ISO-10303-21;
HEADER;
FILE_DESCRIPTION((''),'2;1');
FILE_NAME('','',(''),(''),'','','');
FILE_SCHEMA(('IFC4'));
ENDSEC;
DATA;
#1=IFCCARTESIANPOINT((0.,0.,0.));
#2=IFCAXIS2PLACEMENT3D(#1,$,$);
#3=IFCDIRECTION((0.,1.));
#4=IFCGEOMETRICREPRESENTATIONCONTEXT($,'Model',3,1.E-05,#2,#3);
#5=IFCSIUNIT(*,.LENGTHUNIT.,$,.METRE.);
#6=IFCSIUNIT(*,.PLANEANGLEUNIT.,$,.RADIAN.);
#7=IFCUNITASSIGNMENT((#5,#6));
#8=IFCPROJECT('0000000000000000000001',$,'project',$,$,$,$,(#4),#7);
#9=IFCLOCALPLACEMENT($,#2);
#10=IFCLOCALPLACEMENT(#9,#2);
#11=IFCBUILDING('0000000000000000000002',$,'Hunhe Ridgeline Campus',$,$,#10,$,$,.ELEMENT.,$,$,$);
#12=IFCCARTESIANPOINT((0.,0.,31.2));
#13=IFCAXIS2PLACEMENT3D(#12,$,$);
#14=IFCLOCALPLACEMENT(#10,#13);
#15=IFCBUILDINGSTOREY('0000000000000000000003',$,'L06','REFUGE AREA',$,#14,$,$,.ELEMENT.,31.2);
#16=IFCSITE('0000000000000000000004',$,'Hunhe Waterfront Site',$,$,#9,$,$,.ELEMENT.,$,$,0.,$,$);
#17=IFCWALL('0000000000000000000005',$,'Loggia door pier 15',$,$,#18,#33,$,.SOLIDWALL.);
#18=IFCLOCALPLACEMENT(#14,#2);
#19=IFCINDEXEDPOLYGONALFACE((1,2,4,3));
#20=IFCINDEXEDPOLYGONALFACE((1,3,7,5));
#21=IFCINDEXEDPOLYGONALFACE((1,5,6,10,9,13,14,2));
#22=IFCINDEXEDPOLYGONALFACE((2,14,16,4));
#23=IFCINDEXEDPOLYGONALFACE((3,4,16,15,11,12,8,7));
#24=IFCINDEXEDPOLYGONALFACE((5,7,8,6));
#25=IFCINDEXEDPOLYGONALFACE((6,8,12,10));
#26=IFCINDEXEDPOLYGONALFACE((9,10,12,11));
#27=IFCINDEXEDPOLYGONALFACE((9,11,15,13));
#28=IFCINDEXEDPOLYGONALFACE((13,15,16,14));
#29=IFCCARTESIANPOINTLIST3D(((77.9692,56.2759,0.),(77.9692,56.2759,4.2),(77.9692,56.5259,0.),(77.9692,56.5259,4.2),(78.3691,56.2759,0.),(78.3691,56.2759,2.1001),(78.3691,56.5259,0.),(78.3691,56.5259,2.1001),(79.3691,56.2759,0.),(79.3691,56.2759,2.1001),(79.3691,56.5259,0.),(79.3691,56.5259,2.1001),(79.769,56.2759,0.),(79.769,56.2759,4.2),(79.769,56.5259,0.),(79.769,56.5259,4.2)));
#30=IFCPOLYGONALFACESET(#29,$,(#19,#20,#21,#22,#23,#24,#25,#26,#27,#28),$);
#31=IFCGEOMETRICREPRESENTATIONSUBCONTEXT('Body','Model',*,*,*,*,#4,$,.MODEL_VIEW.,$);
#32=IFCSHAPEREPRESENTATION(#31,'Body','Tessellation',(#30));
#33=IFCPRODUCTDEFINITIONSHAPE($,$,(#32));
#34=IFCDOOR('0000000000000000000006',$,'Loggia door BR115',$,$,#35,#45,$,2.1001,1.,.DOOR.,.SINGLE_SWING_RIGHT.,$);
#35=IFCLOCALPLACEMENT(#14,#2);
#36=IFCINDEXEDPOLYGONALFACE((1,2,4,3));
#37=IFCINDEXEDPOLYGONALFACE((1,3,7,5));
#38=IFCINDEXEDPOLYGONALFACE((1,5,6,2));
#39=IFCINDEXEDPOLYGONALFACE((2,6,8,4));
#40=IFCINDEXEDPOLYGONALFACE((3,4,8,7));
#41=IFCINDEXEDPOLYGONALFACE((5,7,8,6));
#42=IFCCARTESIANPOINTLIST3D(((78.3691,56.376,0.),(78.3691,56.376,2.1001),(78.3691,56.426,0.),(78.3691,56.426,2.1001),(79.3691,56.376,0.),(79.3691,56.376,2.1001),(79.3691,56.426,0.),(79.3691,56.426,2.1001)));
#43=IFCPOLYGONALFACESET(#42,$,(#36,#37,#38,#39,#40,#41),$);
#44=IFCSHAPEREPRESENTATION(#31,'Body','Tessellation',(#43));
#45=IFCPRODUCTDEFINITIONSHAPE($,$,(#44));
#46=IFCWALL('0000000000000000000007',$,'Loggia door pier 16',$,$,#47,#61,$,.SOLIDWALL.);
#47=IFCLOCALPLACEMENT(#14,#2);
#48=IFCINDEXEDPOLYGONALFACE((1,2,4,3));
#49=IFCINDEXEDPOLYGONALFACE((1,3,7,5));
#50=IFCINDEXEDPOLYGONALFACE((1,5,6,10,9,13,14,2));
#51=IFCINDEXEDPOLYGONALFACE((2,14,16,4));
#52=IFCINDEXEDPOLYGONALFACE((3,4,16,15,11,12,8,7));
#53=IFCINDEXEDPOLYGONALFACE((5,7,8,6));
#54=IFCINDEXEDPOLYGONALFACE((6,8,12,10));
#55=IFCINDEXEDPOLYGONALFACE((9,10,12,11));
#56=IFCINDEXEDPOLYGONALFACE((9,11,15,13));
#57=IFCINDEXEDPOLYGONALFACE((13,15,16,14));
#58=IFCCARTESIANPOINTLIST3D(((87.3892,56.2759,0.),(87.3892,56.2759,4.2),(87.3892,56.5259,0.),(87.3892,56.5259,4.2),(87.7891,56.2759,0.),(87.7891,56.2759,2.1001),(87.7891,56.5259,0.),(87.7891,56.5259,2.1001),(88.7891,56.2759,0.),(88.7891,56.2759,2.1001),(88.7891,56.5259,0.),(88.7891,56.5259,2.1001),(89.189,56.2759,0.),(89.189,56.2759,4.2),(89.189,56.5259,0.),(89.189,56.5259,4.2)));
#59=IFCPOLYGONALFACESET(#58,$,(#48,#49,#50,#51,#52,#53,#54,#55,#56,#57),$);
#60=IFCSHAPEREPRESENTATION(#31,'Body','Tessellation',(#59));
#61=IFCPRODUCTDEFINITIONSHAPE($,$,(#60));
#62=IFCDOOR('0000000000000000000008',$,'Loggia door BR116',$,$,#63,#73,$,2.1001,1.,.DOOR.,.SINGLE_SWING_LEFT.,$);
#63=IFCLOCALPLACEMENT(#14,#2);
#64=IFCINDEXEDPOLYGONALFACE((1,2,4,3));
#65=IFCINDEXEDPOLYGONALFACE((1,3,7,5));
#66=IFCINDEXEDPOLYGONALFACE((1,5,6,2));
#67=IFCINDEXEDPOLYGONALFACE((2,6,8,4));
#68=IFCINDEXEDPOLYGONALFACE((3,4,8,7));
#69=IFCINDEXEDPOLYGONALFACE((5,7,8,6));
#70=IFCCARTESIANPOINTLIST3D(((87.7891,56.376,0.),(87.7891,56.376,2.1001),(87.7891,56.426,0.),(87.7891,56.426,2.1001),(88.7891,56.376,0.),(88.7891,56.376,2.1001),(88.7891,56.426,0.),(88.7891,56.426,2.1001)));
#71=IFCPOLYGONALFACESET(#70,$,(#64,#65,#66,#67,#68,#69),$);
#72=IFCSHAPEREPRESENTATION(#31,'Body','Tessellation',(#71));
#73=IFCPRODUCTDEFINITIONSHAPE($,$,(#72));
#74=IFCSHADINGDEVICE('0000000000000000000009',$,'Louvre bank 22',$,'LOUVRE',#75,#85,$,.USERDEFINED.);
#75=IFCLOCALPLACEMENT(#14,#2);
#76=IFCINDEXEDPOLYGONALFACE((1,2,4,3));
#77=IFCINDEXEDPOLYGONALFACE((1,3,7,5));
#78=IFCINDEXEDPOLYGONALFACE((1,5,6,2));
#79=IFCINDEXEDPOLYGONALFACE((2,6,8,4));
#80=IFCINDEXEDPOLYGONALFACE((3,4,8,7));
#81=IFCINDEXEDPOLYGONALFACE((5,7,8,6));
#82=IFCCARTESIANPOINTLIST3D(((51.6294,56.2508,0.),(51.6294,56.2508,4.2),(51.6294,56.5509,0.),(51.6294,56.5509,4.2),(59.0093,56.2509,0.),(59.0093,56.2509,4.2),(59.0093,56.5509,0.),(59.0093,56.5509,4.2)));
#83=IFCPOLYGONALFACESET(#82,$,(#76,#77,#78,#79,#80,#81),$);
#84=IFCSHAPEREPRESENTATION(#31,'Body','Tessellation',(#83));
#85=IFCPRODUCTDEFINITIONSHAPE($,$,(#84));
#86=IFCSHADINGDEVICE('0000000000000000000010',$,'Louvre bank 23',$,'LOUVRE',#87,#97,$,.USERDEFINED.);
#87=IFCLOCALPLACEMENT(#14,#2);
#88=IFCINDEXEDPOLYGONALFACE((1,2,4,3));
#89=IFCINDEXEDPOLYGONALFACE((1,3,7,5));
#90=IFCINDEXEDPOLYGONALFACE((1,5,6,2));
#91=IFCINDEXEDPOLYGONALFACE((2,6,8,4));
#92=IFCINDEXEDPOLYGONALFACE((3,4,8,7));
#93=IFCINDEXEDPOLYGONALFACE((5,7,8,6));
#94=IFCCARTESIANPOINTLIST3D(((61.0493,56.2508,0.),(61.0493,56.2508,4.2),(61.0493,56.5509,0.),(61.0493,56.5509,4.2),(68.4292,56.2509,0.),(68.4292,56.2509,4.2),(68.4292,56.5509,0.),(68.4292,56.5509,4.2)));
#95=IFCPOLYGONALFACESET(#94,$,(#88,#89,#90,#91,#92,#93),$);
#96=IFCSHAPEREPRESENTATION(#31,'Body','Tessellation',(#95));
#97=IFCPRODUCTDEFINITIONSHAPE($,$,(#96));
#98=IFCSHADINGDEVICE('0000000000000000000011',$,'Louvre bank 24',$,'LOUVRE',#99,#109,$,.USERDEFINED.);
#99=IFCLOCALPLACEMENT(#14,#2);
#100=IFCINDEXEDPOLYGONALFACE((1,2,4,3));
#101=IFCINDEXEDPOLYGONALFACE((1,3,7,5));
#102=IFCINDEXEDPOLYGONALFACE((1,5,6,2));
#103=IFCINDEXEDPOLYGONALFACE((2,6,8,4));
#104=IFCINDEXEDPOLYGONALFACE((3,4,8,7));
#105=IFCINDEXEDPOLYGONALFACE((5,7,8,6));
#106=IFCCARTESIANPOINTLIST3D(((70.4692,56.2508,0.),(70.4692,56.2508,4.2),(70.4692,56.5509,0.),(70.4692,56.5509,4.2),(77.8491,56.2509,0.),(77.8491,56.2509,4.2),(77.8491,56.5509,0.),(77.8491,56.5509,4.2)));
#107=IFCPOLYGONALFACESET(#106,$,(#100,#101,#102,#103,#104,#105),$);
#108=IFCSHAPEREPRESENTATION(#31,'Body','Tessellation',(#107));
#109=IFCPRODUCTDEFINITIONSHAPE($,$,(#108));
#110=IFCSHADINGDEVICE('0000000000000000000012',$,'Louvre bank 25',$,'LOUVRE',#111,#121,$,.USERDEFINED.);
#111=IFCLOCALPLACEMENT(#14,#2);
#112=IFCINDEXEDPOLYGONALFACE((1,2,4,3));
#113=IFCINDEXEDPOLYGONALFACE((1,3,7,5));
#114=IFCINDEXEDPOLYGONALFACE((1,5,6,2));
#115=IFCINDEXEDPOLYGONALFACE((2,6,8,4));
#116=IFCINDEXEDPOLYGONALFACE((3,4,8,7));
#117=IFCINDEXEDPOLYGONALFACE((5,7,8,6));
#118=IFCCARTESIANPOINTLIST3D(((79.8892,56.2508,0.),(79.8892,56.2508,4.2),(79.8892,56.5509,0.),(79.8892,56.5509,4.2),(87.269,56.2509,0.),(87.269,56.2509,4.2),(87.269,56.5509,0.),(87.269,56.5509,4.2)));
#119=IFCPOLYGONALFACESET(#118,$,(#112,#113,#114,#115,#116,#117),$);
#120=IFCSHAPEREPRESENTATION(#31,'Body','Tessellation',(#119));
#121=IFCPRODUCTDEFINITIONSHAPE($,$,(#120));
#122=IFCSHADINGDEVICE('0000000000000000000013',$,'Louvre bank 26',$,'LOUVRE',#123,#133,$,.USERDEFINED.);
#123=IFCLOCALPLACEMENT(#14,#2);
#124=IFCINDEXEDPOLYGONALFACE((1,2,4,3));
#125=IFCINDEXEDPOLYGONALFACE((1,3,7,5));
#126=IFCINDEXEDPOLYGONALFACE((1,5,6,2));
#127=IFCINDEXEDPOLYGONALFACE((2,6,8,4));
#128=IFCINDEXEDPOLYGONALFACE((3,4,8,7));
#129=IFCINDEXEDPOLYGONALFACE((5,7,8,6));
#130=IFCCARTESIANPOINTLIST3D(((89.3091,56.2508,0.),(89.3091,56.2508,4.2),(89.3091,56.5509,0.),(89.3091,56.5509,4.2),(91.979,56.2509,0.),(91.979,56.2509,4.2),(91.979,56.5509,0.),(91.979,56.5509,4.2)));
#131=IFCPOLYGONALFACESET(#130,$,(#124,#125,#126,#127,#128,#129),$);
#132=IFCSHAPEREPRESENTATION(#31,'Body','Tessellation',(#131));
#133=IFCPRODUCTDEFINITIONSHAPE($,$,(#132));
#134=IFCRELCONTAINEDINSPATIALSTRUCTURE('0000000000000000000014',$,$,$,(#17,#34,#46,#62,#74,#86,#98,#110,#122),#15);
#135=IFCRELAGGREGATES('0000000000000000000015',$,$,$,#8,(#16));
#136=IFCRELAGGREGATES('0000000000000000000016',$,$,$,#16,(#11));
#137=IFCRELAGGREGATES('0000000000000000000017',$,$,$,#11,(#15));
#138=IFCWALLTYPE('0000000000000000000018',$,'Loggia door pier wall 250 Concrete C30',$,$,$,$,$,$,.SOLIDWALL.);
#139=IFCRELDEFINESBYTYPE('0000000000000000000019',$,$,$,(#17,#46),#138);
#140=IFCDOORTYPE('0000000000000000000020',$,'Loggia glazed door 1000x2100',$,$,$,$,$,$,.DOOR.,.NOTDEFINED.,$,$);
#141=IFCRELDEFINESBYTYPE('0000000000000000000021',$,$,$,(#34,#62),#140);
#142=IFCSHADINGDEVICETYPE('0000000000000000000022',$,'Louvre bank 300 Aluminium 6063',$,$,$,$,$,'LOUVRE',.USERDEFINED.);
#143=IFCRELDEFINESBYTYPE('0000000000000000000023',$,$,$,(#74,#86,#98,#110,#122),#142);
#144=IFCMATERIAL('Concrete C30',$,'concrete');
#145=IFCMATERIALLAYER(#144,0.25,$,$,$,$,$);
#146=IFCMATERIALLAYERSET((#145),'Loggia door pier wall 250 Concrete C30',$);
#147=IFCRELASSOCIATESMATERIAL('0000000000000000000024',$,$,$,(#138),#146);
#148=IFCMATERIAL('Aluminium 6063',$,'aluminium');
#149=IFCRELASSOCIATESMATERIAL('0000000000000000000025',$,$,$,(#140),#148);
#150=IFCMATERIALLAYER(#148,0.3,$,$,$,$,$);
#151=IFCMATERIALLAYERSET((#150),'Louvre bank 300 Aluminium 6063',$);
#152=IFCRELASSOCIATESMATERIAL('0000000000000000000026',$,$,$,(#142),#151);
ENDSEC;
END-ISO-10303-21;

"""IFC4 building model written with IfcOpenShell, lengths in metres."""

from ifc_helpers import new_model, si_unit, direction, frame, frame_2d, origin, origin_2d, place, context, subcontext, project, spatial, rectangle, extrude, material, layer, layer_set, type_object, element, fill, save


model = new_model("IFC4")

# Units and contexts
model_context = context("Model", 3, precision=1e-05, world=origin(), true_north=direction((0.0, 1.0)))
body_context = subcontext(model_context, "Body", "Model", "MODEL_VIEW")
ifc_project = project(units=[si_unit("LENGTHUNIT", "METRE"), si_unit("PLANEANGLEUNIT", "RADIAN")], contexts=[model_context])

# Site, building, storey
site_placement = place(None, origin())
site = spatial("IfcSite", under=ifc_project, at=site_placement, Name="Hunhe Waterfront Site", CompositionType="ELEMENT", RefElevation=0.0)
building_placement = place(site_placement, origin())
building = spatial("IfcBuilding", under=site, at=building_placement, Name="Hunhe Ridgeline Campus", CompositionType="ELEMENT")
storey_placement = place(building_placement, frame((0.0, 0.0, 31.2)))
storey = spatial("IfcBuildingStorey", under=building, at=storey_placement, Name="L06", Description="REFUGE AREA", CompositionType="ELEMENT", Elevation=31.2)

# Shared definitions
ifc_material_1 = material(Name="Aluminium 6063", Category="aluminium")

# Shared definitions
ifc_material_2 = material(Name="Concrete C30", Category="concrete")

# Walls, openings, doors
ifc_layer_1 = layer(ifc_material_2, 0.25)
ifc_layer_set_1 = layer_set([ifc_layer_1], Name="Loggia door pier wall 250 Concrete C30")
wall_type_1 = type_object("IfcWallType", Name="Loggia door pier wall 250 Concrete C30", PredefinedType="SOLIDWALL", material=ifc_layer_set_1)
door_type = type_object("IfcDoorType", Name="Loggia glazed door 1000x2100", OperationType="NOTDEFINED", PredefinedType="DOOR", material=ifc_material_1)
wall_1_placement = place(storey_placement, frame((77.9692, 56.4009, 0.0), z_axis=(0.0, 0.0, 1.0), x_axis=(1.0, 0.0, 0.0)))
wall_1 = element("IfcWall", 1, at=wall_1_placement, inside=storey, type_object=wall_type_1, Name="Loggia door pier 15", PredefinedType="SOLIDWALL", context=body_context, shape_type="SweptSolid", body=[
    extrude(rectangle(XDim=1.7998, YDim=0.25, at=frame_2d((0.8999, 0.0))), origin(), (0.0, 0.0, 1.0), 4.2),
])
opening_1_placement = place(wall_1_placement, frame((0.3999, 0.0, 0.0)))
opening_1 = element("IfcOpeningElement", 2, at=opening_1_placement, cuts=wall_1, PredefinedType="OPENING", context=body_context, shape_type="SweptSolid", body=[
    extrude(rectangle(XDim=1.0, YDim=2.1001, at=frame_2d((0.5, 1.05))), frame((0.0, 0.125, 0.0), z_axis=(0.0, -1.0, 0.0), x_axis=(1.0, 0.0, 0.0)), (0.0, 0.0, 1.0), 0.25),
])
door_1_placement = place(opening_1_placement, frame((1.0, 0.0, 0.0), z_axis=(0.0, 0.0, 1.0), x_axis=(-1.0, 0.0, 0.0)))
door_1 = element("IfcDoor", 3, at=door_1_placement, inside=storey, type_object=door_type, Name="Loggia door BR115", OperationType="SINGLE_SWING_RIGHT", OverallHeight=2.1001, OverallWidth=1.0, PredefinedType="DOOR", context=body_context, shape_type="SweptSolid", body=[
    extrude(rectangle(XDim=1.0, YDim=2.1001, at=frame_2d((0.5, 1.05))), frame((0.0, 0.0249, 0.0), z_axis=(0.0, -1.0, 0.0), x_axis=(1.0, 0.0, 0.0)), (0.0, 0.0, 1.0), 0.05),
])
fill(opening_1, door_1)
wall_2_placement = place(storey_placement, frame((87.3892, 56.4009, 0.0), z_axis=(0.0, 0.0, 1.0), x_axis=(1.0, 0.0, 0.0)))
wall_2 = element("IfcWall", 4, at=wall_2_placement, inside=storey, type_object=wall_type_1, Name="Loggia door pier 16", PredefinedType="SOLIDWALL", context=body_context, shape_type="SweptSolid", body=[
    extrude(rectangle(XDim=1.7998, YDim=0.25, at=frame_2d((0.8999, 0.0))), origin(), (0.0, 0.0, 1.0), 4.2),
])
opening_2_placement = place(wall_2_placement, frame((0.3999, 0.0, 0.0)))
opening_2 = element("IfcOpeningElement", 5, at=opening_2_placement, cuts=wall_2, PredefinedType="OPENING", context=body_context, shape_type="SweptSolid", body=[
    extrude(rectangle(XDim=1.0, YDim=2.1001, at=frame_2d((0.5, 1.05))), frame((0.0, 0.125, 0.0), z_axis=(0.0, -1.0, 0.0), x_axis=(1.0, 0.0, 0.0)), (0.0, 0.0, 1.0), 0.25),
])
door_2_placement = place(opening_2_placement, frame((1.0, 0.0, 0.0), z_axis=(0.0, 0.0, 1.0), x_axis=(-1.0, 0.0, 0.0)))
door_2 = element("IfcDoor", 6, at=door_2_placement, inside=storey, type_object=door_type, Name="Loggia door BR116", OperationType="SINGLE_SWING_LEFT", OverallHeight=2.1001, OverallWidth=1.0, PredefinedType="DOOR", context=body_context, shape_type="SweptSolid", body=[
    extrude(rectangle(XDim=1.0, YDim=2.1001, at=frame_2d((0.5, 1.05))), frame((0.0, 0.0249, 0.0), z_axis=(0.0, -1.0, 0.0), x_axis=(1.0, 0.0, 0.0)), (0.0, 0.0, 1.0), 0.05),
])
fill(opening_2, door_2)

# Shading devices
ifc_layer_2 = layer(ifc_material_1, 0.3)
ifc_layer_set_2 = layer_set([ifc_layer_2], Name="Louvre bank 300 Aluminium 6063")
shading_device_type = type_object("IfcShadingDeviceType", Name="Louvre bank 300 Aluminium 6063", ElementType="LOUVRE", PredefinedType="USERDEFINED", material=ifc_layer_set_2)
for number, where, z_axis, x_axis, name in (
    (7, (55.3193, 56.4009, 0.0), (0.0, 0.0, 1.0), (1.0, 0.000004, 0.0), "Louvre bank 22"),
    (8, (64.7393, 56.4009, 0.0), (0.0, 0.0, 1.0), (1.0, 0.000004, 0.0), "Louvre bank 23"),
    (9, (74.1592, 56.4009, 0.0), (0.0, 0.0, 1.0), (1.0, 0.000004, 0.0), "Louvre bank 24"),
    (10, (83.5791, 56.4009, 0.0), (0.0, 0.0, 1.0), (1.0, 0.000004, 0.0), "Louvre bank 25"),
):
    element("IfcShadingDevice", number, at=place(storey_placement, frame(where, z_axis=z_axis, x_axis=x_axis)), inside=storey, type_object=shading_device_type, Name=name, ObjectType="LOUVRE", PredefinedType="USERDEFINED", context=body_context, shape_type="SweptSolid", body=[
        extrude(rectangle(XDim=7.3799, YDim=0.3, at=origin_2d()), origin(), (0.0, 0.0, 1.0), 4.2),
    ])
shading_device_placement = place(storey_placement, frame((90.644, 56.4009, 0.0), z_axis=(0.0, 0.0, 1.0), x_axis=(1.0, 0.000003, 0.0)))
element("IfcShadingDevice", 11, at=shading_device_placement, inside=storey, type_object=shading_device_type, Name="Louvre bank 26", ObjectType="LOUVRE", PredefinedType="USERDEFINED", context=body_context, shape_type="SweptSolid", body=[
    extrude(rectangle(XDim=2.6699, YDim=0.3, at=origin_2d()), origin(), (0.0, 0.0, 1.0), 4.2),
])

save(model, "model.ifc")
